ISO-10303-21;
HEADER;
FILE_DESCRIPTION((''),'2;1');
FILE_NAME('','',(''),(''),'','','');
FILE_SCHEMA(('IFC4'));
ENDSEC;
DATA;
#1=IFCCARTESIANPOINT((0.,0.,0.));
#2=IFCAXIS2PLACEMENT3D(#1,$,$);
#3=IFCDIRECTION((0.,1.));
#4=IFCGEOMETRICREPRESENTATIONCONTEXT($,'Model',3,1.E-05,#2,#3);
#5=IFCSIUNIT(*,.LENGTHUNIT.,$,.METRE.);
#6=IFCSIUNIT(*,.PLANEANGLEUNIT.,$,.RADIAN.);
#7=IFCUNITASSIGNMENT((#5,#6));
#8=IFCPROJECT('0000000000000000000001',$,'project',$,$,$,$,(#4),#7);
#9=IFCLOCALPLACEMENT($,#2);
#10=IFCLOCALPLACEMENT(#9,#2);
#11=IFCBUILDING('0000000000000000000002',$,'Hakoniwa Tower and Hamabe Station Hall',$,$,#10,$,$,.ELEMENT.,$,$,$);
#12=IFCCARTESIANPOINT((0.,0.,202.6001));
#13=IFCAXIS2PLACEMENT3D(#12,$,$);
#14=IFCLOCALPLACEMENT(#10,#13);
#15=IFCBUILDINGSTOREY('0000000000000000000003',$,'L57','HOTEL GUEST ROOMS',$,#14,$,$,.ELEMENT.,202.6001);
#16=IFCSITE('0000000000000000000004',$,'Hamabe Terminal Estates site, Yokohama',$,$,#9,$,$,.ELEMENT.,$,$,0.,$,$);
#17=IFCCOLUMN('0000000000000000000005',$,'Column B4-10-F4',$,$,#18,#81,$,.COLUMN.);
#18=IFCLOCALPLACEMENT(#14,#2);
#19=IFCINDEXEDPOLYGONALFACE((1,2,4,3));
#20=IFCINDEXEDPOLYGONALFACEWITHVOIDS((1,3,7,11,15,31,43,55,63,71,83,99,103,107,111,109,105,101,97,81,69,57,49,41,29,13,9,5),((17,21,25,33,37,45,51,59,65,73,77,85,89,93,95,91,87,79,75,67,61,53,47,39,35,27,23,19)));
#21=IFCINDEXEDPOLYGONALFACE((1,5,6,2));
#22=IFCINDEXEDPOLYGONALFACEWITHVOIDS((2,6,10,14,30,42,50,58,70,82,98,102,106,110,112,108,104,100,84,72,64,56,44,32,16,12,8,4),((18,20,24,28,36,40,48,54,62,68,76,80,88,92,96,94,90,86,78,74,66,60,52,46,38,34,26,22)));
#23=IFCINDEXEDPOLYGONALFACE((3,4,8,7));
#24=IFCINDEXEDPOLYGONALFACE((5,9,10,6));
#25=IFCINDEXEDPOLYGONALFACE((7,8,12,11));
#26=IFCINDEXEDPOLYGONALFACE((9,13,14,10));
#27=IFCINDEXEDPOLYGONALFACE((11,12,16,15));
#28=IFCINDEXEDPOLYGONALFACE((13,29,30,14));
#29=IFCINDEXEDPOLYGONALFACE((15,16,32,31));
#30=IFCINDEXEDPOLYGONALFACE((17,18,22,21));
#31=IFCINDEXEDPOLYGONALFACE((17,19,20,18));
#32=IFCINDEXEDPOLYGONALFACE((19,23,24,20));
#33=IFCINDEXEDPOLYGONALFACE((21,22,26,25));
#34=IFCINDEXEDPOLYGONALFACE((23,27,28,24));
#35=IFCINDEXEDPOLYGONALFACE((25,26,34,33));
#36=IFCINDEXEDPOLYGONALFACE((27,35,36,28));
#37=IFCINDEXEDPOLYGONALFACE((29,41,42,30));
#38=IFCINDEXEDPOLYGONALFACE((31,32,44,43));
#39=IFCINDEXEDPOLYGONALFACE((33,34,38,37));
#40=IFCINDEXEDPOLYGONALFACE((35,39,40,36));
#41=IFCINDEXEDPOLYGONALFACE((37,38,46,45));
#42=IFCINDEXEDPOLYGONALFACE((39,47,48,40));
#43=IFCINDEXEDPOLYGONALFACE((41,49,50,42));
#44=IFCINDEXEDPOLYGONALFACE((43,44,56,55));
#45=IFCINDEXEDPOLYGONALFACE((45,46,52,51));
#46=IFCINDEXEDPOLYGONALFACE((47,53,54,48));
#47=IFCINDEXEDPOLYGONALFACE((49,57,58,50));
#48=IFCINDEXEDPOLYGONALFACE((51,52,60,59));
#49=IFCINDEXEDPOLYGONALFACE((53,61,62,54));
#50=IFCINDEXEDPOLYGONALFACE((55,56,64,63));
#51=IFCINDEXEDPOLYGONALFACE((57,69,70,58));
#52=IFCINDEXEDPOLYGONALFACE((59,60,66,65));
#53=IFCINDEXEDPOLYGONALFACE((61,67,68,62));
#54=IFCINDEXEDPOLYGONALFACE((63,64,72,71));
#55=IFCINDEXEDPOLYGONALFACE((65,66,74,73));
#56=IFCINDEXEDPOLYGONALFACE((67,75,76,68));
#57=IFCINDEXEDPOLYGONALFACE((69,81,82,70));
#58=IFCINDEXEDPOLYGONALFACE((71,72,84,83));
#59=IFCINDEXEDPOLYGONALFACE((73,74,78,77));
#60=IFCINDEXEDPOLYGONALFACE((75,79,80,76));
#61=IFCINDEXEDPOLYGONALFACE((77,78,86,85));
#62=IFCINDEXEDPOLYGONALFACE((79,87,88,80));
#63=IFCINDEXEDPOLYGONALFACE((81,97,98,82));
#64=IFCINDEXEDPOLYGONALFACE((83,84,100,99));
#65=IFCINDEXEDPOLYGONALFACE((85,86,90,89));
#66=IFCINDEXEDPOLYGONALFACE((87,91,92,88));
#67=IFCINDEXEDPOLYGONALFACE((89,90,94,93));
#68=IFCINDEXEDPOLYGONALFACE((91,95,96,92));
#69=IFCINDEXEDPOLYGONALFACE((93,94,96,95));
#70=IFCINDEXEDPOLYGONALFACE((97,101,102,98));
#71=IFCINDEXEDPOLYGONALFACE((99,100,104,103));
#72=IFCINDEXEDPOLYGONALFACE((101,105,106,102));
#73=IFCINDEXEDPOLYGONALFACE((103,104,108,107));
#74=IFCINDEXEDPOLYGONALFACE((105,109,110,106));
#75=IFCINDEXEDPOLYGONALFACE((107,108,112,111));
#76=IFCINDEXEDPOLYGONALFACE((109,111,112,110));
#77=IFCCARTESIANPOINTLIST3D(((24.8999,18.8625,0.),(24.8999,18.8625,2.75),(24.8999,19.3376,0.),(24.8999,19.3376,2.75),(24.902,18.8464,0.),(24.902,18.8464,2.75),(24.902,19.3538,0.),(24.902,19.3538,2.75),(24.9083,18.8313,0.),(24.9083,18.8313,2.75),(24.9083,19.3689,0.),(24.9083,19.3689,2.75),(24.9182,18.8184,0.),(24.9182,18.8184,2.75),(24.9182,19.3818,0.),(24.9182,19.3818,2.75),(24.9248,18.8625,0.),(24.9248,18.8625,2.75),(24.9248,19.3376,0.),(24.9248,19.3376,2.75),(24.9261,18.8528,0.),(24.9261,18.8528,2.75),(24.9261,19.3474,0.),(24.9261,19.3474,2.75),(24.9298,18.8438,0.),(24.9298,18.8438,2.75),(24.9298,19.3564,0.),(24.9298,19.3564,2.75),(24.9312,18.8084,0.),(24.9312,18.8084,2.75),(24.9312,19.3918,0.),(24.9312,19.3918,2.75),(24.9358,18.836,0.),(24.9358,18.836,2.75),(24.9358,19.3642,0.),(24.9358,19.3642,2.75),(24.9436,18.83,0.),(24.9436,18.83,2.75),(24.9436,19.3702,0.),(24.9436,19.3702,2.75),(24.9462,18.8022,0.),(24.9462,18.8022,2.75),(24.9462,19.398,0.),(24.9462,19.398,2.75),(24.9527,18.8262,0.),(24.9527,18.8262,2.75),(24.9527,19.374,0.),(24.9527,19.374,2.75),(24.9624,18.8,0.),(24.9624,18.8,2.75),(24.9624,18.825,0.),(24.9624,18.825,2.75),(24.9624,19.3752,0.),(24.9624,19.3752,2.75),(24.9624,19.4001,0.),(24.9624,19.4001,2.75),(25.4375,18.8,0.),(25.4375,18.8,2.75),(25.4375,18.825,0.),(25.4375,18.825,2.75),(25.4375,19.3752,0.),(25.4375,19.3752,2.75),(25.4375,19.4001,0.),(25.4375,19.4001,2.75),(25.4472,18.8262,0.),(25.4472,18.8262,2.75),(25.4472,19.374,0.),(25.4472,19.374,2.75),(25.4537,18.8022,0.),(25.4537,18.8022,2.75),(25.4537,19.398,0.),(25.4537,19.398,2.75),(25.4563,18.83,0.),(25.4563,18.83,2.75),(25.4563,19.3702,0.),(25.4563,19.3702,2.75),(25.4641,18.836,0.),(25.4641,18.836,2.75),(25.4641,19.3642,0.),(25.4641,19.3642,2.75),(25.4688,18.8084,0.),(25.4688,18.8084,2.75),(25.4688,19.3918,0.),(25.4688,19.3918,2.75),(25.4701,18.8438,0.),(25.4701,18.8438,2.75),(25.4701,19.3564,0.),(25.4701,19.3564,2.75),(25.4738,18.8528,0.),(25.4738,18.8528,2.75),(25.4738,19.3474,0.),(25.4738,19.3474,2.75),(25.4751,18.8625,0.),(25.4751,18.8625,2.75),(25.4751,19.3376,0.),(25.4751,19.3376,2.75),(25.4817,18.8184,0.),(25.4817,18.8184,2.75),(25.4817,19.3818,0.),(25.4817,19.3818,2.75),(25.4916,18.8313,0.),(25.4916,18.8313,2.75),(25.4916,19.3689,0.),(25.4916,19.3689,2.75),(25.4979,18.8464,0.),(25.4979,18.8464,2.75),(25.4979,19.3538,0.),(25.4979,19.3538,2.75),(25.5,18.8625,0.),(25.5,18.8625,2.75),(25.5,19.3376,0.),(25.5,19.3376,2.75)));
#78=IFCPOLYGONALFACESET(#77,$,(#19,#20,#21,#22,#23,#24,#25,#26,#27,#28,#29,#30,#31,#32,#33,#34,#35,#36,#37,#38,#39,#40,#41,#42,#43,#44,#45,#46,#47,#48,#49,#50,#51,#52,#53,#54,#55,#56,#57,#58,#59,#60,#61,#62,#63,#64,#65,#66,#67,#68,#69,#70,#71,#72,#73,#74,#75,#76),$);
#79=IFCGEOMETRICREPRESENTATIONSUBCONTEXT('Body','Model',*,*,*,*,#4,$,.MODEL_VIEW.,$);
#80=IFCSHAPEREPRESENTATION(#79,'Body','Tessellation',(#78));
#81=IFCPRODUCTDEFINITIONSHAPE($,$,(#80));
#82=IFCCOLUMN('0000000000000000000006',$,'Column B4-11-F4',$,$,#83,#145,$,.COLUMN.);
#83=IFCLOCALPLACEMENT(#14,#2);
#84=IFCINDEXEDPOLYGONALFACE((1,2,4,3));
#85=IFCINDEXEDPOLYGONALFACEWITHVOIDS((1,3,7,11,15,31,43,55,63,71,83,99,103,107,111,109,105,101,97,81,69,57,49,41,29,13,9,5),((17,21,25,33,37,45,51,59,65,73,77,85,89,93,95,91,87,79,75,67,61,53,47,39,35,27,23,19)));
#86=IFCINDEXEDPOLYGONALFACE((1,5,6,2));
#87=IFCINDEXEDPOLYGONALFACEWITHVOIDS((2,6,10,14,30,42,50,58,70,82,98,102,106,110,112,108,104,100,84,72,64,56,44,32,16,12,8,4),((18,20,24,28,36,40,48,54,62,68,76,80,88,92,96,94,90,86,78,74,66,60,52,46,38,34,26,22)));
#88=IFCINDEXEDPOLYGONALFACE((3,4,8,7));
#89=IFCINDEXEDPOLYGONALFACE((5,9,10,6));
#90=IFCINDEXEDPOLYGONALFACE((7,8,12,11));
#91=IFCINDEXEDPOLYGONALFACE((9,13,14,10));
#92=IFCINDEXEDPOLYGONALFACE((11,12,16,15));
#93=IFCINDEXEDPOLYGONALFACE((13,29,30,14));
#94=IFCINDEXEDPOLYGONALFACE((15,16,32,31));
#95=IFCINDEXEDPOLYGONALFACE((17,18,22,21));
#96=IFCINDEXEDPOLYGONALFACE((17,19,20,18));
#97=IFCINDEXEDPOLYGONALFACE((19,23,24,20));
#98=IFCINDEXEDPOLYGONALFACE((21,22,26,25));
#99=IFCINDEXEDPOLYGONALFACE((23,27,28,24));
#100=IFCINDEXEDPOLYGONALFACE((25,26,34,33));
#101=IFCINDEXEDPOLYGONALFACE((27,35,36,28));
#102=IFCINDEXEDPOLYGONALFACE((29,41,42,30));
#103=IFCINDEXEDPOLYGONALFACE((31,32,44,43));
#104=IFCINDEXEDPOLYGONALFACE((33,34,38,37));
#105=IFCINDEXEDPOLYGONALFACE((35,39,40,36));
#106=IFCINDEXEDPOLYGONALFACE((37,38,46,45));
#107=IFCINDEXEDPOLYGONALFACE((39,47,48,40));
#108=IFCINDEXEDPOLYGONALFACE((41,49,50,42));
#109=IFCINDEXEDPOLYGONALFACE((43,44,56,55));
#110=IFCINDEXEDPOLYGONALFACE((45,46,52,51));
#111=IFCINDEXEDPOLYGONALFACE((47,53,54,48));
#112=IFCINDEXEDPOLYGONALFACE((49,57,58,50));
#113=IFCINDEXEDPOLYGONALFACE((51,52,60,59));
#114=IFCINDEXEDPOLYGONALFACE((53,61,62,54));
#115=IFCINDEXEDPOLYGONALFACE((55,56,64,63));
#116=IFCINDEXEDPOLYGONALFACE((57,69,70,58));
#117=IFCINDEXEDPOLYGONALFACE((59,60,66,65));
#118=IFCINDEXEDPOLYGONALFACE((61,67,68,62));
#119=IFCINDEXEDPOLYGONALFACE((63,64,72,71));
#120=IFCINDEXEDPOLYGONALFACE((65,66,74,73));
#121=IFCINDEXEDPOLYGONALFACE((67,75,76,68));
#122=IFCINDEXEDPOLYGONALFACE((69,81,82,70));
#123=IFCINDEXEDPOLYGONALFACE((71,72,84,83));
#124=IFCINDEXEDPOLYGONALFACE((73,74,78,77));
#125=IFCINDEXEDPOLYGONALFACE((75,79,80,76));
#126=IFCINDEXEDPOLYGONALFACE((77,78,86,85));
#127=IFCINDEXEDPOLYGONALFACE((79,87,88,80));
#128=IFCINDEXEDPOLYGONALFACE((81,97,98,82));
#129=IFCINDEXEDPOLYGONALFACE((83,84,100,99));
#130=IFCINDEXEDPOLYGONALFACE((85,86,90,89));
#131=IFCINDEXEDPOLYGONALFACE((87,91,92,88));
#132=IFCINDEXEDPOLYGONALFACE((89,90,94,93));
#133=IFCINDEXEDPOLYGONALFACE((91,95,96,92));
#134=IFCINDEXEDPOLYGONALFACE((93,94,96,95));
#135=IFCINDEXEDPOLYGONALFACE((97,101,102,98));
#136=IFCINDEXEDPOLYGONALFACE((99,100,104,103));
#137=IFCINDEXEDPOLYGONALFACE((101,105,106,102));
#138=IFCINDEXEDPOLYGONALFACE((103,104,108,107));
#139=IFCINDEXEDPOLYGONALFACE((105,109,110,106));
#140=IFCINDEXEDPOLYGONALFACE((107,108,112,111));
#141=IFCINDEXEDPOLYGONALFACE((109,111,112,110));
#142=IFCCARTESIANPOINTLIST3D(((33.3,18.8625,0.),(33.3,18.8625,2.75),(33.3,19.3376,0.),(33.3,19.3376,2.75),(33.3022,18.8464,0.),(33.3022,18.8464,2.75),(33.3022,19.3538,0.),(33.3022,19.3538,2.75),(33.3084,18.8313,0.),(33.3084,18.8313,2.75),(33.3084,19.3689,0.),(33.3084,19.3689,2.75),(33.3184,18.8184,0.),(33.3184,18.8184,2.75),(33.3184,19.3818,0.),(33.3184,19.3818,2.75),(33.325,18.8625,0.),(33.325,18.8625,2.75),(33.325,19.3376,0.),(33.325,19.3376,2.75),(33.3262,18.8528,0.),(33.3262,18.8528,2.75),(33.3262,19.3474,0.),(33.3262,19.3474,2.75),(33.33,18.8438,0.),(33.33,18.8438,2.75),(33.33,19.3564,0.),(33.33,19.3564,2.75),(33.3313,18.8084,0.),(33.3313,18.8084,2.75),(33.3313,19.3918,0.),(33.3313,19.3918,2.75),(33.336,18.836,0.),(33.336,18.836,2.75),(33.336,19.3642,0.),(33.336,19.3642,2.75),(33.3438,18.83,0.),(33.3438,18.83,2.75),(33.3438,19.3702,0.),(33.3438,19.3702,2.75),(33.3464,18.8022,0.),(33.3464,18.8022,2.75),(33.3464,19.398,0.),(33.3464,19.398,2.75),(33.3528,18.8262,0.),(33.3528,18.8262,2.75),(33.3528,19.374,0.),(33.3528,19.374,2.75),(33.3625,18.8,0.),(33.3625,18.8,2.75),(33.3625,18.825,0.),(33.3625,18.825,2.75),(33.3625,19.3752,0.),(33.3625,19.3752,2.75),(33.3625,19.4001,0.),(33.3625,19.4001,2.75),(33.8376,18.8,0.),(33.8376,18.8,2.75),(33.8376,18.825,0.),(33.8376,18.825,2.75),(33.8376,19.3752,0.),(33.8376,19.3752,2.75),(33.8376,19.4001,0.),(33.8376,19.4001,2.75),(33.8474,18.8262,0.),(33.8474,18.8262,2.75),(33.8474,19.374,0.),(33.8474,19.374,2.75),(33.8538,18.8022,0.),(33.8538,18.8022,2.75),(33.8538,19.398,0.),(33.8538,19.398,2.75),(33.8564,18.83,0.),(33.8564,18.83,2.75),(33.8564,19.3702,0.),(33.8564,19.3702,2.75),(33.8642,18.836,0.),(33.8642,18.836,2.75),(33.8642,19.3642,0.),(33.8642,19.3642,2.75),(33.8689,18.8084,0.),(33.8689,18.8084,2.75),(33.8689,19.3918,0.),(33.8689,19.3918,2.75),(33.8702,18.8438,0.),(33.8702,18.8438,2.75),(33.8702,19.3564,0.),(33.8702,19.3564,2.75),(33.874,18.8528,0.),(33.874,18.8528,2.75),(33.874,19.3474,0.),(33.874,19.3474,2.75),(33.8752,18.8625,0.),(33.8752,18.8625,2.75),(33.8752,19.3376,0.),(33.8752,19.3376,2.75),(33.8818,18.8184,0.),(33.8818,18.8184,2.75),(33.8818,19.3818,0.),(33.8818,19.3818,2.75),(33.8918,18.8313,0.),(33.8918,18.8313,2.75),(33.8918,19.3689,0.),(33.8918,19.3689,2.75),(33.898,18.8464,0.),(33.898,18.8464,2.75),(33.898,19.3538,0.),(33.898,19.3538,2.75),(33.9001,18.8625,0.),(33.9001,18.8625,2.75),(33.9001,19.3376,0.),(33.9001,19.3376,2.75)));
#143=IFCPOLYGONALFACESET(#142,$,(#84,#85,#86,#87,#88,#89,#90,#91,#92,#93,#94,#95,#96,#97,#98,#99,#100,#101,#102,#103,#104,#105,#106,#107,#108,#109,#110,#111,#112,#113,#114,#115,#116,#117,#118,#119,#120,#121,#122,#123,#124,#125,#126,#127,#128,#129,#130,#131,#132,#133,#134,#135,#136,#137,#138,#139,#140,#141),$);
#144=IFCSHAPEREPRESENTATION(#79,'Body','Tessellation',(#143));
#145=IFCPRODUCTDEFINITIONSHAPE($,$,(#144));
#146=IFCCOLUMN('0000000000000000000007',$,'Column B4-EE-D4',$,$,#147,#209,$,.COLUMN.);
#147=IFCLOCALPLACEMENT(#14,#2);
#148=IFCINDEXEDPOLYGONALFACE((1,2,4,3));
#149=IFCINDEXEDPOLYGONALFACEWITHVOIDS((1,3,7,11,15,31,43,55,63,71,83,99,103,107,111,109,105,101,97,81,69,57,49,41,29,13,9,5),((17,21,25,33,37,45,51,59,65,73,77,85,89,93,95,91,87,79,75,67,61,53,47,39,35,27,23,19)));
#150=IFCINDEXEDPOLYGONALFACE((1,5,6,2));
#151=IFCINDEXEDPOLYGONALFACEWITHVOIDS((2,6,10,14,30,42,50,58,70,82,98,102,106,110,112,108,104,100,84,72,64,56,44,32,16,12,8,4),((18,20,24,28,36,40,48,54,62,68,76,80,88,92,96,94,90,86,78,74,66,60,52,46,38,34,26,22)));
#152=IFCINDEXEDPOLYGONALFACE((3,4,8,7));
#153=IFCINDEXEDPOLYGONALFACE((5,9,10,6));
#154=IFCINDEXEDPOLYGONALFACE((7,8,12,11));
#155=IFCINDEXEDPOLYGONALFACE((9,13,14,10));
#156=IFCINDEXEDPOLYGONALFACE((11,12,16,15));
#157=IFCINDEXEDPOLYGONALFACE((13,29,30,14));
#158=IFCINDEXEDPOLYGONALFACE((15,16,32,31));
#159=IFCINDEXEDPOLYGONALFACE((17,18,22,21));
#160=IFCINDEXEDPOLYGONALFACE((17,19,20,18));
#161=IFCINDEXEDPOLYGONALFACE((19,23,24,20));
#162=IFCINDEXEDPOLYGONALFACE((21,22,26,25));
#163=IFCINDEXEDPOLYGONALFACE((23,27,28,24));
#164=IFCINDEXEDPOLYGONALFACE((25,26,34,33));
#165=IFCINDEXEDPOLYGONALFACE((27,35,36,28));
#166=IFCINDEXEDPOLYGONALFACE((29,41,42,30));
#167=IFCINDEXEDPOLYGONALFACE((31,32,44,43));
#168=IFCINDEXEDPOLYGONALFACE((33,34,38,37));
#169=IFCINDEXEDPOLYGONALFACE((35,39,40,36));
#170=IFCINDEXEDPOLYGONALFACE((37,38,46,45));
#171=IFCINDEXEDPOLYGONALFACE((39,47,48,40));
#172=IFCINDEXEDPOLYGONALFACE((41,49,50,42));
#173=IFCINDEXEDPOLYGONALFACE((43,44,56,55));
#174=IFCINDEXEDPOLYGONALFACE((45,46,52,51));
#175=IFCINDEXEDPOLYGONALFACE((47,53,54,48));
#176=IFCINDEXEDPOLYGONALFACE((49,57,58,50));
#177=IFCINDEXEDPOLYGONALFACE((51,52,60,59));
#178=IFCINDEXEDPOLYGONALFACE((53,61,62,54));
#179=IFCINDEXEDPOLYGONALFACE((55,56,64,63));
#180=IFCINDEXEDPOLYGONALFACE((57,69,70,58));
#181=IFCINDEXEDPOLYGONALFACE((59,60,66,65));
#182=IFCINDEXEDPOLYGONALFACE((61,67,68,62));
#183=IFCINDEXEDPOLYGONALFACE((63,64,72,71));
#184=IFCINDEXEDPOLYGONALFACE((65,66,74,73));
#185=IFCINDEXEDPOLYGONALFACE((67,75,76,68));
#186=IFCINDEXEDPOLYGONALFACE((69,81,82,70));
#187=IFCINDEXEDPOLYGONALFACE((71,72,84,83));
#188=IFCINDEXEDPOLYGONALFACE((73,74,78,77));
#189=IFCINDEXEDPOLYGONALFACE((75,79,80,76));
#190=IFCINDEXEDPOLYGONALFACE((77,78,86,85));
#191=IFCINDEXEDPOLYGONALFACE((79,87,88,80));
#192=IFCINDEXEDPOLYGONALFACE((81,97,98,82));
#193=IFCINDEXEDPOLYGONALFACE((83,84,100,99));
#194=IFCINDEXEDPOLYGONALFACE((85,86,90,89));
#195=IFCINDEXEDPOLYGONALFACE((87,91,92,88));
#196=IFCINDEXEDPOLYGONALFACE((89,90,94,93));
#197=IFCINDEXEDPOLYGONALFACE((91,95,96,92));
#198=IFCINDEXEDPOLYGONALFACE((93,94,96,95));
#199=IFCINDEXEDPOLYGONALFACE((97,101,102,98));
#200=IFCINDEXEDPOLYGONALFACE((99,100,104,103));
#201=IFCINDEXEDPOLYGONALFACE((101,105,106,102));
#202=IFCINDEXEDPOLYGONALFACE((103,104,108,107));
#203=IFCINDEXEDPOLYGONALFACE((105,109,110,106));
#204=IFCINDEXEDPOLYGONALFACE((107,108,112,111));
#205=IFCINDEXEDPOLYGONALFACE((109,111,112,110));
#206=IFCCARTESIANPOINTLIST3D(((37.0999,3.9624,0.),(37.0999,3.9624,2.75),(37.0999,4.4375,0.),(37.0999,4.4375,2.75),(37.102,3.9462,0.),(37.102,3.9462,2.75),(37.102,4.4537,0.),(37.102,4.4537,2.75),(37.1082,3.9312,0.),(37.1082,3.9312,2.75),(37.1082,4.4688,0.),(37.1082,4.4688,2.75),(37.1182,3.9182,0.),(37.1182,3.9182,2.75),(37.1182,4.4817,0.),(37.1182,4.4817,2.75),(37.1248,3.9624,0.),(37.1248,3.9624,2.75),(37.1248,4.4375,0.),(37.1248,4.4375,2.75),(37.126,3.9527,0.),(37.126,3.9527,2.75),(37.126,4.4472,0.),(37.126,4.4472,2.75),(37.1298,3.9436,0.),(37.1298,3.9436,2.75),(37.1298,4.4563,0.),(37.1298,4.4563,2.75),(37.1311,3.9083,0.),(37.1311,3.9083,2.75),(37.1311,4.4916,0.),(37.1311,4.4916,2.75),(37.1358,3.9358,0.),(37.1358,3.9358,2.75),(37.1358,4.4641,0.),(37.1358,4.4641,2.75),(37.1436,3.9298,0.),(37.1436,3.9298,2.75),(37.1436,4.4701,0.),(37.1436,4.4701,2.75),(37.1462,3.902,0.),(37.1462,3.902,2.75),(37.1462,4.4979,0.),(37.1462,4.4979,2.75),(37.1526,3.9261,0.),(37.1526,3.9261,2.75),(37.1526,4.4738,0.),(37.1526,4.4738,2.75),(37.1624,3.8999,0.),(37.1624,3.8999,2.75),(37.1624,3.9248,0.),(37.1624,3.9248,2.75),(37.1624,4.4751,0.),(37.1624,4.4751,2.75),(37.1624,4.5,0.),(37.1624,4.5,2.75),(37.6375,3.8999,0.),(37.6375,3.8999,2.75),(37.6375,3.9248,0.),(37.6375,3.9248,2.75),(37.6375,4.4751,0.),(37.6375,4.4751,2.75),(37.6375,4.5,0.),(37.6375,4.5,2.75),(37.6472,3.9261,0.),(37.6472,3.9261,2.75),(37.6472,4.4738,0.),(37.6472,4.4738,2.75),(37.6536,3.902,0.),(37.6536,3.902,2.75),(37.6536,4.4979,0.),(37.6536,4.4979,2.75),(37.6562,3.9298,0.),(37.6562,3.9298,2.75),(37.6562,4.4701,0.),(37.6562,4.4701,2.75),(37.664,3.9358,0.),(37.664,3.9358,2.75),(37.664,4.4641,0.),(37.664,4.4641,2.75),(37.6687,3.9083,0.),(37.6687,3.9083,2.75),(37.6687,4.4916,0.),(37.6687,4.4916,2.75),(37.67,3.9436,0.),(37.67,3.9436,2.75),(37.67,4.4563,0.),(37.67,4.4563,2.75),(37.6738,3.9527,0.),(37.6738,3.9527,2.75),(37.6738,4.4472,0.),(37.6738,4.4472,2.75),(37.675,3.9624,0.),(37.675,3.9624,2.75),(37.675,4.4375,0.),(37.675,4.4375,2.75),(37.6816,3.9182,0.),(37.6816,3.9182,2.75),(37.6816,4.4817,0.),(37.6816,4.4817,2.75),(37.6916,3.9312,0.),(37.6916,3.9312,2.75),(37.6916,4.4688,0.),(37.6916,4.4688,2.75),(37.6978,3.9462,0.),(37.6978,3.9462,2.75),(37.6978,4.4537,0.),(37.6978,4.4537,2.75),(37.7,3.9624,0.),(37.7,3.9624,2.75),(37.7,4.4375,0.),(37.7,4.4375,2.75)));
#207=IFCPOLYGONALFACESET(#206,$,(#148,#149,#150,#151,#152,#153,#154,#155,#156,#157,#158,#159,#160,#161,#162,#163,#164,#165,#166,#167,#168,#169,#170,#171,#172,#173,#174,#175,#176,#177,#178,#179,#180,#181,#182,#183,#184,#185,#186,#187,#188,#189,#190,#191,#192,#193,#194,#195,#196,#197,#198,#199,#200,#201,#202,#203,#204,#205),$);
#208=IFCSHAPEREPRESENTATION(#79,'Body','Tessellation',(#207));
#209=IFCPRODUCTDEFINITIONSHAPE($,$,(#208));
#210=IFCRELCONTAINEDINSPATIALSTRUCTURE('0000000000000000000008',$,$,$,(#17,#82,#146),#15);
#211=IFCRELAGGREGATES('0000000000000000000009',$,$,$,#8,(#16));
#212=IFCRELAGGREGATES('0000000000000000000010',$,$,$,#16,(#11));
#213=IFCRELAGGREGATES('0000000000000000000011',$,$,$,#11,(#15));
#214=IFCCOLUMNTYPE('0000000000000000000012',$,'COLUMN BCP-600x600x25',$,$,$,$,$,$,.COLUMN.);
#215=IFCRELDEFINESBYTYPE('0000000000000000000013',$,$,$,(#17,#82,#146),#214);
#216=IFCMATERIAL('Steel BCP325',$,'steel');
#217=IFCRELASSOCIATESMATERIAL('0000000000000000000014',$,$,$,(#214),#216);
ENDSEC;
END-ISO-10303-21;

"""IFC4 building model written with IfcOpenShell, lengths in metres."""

from ifc_helpers import new_model, si_unit, direction, frame, origin, origin_2d, place, context, subcontext, project, spatial, hollow_rectangle, extrude, material, material_profile, profile_set, type_object, element, save


model = new_model("IFC4")

# Units and contexts
model_context = context("Model", 3, precision=1e-05, world=origin(), true_north=direction((0.0, 1.0)))
body_context = subcontext(model_context, "Body", "Model", "MODEL_VIEW")
ifc_project = project(units=[si_unit("LENGTHUNIT", "METRE"), si_unit("PLANEANGLEUNIT", "RADIAN")], contexts=[model_context])

# Site, building, storey
site_placement = place(None, origin())
site = spatial("IfcSite", under=ifc_project, at=site_placement, Name="Hamabe Terminal Estates site, Yokohama", CompositionType="ELEMENT", RefElevation=0.0)
building_placement = place(site_placement, origin())
building = spatial("IfcBuilding", under=site, at=building_placement, Name="Hakoniwa Tower and Hamabe Station Hall", CompositionType="ELEMENT")
storey_placement = place(building_placement, frame((0.0, 0.0, 202.6001)))
storey = spatial("IfcBuildingStorey", under=building, at=storey_placement, Name="L57", Description="HOTEL GUEST ROOMS", CompositionType="ELEMENT", Elevation=202.6001)

# Columns
ifc_material_1 = material(Name="Steel BCP325", Category="steel")
ifc_material_profile_1 = material_profile(ifc_material_1, hollow_rectangle(XDim=0.6001, YDim=0.6001, WallThickness=0.0249, InnerFilletRadius=0.0376, OuterFilletRadius=0.0625, at=origin_2d()), Name="BCP-600x600x25")
ifc_profile_set_1 = profile_set([ifc_material_profile_1], Name="Steel BCP325")
column_type = type_object("IfcColumnType", Name="COLUMN BCP-600x600x25", PredefinedType="COLUMN", material=ifc_profile_set_1)
for number, where, z_axis, x_axis, name in (
    (1, (25.2, 19.1001, 0.0), (0.0, 0.0, 1.0), (1.0, 0.0, 0.0), "Column B4-10-F4"),
    (2, (33.6001, 19.1001, 0.0), (0.0, 0.0, 1.0), (1.0, 0.0, 0.0), "Column B4-11-F4"),
    (3, (37.3999, 4.2, 0.0), (0.0, 0.0, 1.0), (1.0, 0.0, 0.0), "Column B4-EE-D4"),
):
    element("IfcColumn", number, at=place(storey_placement, frame(where, z_axis=z_axis, x_axis=x_axis)), inside=storey, type_object=column_type, Name=name, PredefinedType="COLUMN", context=body_context, shape_type="SweptSolid", body=[
        extrude(hollow_rectangle(XDim=0.6001, YDim=0.6001, WallThickness=0.0249, InnerFilletRadius=0.0376, OuterFilletRadius=0.0625, at=origin_2d()), origin(), (0.0, 0.0, 1.0), 2.75),
    ])

save(model, "model.ifc")
